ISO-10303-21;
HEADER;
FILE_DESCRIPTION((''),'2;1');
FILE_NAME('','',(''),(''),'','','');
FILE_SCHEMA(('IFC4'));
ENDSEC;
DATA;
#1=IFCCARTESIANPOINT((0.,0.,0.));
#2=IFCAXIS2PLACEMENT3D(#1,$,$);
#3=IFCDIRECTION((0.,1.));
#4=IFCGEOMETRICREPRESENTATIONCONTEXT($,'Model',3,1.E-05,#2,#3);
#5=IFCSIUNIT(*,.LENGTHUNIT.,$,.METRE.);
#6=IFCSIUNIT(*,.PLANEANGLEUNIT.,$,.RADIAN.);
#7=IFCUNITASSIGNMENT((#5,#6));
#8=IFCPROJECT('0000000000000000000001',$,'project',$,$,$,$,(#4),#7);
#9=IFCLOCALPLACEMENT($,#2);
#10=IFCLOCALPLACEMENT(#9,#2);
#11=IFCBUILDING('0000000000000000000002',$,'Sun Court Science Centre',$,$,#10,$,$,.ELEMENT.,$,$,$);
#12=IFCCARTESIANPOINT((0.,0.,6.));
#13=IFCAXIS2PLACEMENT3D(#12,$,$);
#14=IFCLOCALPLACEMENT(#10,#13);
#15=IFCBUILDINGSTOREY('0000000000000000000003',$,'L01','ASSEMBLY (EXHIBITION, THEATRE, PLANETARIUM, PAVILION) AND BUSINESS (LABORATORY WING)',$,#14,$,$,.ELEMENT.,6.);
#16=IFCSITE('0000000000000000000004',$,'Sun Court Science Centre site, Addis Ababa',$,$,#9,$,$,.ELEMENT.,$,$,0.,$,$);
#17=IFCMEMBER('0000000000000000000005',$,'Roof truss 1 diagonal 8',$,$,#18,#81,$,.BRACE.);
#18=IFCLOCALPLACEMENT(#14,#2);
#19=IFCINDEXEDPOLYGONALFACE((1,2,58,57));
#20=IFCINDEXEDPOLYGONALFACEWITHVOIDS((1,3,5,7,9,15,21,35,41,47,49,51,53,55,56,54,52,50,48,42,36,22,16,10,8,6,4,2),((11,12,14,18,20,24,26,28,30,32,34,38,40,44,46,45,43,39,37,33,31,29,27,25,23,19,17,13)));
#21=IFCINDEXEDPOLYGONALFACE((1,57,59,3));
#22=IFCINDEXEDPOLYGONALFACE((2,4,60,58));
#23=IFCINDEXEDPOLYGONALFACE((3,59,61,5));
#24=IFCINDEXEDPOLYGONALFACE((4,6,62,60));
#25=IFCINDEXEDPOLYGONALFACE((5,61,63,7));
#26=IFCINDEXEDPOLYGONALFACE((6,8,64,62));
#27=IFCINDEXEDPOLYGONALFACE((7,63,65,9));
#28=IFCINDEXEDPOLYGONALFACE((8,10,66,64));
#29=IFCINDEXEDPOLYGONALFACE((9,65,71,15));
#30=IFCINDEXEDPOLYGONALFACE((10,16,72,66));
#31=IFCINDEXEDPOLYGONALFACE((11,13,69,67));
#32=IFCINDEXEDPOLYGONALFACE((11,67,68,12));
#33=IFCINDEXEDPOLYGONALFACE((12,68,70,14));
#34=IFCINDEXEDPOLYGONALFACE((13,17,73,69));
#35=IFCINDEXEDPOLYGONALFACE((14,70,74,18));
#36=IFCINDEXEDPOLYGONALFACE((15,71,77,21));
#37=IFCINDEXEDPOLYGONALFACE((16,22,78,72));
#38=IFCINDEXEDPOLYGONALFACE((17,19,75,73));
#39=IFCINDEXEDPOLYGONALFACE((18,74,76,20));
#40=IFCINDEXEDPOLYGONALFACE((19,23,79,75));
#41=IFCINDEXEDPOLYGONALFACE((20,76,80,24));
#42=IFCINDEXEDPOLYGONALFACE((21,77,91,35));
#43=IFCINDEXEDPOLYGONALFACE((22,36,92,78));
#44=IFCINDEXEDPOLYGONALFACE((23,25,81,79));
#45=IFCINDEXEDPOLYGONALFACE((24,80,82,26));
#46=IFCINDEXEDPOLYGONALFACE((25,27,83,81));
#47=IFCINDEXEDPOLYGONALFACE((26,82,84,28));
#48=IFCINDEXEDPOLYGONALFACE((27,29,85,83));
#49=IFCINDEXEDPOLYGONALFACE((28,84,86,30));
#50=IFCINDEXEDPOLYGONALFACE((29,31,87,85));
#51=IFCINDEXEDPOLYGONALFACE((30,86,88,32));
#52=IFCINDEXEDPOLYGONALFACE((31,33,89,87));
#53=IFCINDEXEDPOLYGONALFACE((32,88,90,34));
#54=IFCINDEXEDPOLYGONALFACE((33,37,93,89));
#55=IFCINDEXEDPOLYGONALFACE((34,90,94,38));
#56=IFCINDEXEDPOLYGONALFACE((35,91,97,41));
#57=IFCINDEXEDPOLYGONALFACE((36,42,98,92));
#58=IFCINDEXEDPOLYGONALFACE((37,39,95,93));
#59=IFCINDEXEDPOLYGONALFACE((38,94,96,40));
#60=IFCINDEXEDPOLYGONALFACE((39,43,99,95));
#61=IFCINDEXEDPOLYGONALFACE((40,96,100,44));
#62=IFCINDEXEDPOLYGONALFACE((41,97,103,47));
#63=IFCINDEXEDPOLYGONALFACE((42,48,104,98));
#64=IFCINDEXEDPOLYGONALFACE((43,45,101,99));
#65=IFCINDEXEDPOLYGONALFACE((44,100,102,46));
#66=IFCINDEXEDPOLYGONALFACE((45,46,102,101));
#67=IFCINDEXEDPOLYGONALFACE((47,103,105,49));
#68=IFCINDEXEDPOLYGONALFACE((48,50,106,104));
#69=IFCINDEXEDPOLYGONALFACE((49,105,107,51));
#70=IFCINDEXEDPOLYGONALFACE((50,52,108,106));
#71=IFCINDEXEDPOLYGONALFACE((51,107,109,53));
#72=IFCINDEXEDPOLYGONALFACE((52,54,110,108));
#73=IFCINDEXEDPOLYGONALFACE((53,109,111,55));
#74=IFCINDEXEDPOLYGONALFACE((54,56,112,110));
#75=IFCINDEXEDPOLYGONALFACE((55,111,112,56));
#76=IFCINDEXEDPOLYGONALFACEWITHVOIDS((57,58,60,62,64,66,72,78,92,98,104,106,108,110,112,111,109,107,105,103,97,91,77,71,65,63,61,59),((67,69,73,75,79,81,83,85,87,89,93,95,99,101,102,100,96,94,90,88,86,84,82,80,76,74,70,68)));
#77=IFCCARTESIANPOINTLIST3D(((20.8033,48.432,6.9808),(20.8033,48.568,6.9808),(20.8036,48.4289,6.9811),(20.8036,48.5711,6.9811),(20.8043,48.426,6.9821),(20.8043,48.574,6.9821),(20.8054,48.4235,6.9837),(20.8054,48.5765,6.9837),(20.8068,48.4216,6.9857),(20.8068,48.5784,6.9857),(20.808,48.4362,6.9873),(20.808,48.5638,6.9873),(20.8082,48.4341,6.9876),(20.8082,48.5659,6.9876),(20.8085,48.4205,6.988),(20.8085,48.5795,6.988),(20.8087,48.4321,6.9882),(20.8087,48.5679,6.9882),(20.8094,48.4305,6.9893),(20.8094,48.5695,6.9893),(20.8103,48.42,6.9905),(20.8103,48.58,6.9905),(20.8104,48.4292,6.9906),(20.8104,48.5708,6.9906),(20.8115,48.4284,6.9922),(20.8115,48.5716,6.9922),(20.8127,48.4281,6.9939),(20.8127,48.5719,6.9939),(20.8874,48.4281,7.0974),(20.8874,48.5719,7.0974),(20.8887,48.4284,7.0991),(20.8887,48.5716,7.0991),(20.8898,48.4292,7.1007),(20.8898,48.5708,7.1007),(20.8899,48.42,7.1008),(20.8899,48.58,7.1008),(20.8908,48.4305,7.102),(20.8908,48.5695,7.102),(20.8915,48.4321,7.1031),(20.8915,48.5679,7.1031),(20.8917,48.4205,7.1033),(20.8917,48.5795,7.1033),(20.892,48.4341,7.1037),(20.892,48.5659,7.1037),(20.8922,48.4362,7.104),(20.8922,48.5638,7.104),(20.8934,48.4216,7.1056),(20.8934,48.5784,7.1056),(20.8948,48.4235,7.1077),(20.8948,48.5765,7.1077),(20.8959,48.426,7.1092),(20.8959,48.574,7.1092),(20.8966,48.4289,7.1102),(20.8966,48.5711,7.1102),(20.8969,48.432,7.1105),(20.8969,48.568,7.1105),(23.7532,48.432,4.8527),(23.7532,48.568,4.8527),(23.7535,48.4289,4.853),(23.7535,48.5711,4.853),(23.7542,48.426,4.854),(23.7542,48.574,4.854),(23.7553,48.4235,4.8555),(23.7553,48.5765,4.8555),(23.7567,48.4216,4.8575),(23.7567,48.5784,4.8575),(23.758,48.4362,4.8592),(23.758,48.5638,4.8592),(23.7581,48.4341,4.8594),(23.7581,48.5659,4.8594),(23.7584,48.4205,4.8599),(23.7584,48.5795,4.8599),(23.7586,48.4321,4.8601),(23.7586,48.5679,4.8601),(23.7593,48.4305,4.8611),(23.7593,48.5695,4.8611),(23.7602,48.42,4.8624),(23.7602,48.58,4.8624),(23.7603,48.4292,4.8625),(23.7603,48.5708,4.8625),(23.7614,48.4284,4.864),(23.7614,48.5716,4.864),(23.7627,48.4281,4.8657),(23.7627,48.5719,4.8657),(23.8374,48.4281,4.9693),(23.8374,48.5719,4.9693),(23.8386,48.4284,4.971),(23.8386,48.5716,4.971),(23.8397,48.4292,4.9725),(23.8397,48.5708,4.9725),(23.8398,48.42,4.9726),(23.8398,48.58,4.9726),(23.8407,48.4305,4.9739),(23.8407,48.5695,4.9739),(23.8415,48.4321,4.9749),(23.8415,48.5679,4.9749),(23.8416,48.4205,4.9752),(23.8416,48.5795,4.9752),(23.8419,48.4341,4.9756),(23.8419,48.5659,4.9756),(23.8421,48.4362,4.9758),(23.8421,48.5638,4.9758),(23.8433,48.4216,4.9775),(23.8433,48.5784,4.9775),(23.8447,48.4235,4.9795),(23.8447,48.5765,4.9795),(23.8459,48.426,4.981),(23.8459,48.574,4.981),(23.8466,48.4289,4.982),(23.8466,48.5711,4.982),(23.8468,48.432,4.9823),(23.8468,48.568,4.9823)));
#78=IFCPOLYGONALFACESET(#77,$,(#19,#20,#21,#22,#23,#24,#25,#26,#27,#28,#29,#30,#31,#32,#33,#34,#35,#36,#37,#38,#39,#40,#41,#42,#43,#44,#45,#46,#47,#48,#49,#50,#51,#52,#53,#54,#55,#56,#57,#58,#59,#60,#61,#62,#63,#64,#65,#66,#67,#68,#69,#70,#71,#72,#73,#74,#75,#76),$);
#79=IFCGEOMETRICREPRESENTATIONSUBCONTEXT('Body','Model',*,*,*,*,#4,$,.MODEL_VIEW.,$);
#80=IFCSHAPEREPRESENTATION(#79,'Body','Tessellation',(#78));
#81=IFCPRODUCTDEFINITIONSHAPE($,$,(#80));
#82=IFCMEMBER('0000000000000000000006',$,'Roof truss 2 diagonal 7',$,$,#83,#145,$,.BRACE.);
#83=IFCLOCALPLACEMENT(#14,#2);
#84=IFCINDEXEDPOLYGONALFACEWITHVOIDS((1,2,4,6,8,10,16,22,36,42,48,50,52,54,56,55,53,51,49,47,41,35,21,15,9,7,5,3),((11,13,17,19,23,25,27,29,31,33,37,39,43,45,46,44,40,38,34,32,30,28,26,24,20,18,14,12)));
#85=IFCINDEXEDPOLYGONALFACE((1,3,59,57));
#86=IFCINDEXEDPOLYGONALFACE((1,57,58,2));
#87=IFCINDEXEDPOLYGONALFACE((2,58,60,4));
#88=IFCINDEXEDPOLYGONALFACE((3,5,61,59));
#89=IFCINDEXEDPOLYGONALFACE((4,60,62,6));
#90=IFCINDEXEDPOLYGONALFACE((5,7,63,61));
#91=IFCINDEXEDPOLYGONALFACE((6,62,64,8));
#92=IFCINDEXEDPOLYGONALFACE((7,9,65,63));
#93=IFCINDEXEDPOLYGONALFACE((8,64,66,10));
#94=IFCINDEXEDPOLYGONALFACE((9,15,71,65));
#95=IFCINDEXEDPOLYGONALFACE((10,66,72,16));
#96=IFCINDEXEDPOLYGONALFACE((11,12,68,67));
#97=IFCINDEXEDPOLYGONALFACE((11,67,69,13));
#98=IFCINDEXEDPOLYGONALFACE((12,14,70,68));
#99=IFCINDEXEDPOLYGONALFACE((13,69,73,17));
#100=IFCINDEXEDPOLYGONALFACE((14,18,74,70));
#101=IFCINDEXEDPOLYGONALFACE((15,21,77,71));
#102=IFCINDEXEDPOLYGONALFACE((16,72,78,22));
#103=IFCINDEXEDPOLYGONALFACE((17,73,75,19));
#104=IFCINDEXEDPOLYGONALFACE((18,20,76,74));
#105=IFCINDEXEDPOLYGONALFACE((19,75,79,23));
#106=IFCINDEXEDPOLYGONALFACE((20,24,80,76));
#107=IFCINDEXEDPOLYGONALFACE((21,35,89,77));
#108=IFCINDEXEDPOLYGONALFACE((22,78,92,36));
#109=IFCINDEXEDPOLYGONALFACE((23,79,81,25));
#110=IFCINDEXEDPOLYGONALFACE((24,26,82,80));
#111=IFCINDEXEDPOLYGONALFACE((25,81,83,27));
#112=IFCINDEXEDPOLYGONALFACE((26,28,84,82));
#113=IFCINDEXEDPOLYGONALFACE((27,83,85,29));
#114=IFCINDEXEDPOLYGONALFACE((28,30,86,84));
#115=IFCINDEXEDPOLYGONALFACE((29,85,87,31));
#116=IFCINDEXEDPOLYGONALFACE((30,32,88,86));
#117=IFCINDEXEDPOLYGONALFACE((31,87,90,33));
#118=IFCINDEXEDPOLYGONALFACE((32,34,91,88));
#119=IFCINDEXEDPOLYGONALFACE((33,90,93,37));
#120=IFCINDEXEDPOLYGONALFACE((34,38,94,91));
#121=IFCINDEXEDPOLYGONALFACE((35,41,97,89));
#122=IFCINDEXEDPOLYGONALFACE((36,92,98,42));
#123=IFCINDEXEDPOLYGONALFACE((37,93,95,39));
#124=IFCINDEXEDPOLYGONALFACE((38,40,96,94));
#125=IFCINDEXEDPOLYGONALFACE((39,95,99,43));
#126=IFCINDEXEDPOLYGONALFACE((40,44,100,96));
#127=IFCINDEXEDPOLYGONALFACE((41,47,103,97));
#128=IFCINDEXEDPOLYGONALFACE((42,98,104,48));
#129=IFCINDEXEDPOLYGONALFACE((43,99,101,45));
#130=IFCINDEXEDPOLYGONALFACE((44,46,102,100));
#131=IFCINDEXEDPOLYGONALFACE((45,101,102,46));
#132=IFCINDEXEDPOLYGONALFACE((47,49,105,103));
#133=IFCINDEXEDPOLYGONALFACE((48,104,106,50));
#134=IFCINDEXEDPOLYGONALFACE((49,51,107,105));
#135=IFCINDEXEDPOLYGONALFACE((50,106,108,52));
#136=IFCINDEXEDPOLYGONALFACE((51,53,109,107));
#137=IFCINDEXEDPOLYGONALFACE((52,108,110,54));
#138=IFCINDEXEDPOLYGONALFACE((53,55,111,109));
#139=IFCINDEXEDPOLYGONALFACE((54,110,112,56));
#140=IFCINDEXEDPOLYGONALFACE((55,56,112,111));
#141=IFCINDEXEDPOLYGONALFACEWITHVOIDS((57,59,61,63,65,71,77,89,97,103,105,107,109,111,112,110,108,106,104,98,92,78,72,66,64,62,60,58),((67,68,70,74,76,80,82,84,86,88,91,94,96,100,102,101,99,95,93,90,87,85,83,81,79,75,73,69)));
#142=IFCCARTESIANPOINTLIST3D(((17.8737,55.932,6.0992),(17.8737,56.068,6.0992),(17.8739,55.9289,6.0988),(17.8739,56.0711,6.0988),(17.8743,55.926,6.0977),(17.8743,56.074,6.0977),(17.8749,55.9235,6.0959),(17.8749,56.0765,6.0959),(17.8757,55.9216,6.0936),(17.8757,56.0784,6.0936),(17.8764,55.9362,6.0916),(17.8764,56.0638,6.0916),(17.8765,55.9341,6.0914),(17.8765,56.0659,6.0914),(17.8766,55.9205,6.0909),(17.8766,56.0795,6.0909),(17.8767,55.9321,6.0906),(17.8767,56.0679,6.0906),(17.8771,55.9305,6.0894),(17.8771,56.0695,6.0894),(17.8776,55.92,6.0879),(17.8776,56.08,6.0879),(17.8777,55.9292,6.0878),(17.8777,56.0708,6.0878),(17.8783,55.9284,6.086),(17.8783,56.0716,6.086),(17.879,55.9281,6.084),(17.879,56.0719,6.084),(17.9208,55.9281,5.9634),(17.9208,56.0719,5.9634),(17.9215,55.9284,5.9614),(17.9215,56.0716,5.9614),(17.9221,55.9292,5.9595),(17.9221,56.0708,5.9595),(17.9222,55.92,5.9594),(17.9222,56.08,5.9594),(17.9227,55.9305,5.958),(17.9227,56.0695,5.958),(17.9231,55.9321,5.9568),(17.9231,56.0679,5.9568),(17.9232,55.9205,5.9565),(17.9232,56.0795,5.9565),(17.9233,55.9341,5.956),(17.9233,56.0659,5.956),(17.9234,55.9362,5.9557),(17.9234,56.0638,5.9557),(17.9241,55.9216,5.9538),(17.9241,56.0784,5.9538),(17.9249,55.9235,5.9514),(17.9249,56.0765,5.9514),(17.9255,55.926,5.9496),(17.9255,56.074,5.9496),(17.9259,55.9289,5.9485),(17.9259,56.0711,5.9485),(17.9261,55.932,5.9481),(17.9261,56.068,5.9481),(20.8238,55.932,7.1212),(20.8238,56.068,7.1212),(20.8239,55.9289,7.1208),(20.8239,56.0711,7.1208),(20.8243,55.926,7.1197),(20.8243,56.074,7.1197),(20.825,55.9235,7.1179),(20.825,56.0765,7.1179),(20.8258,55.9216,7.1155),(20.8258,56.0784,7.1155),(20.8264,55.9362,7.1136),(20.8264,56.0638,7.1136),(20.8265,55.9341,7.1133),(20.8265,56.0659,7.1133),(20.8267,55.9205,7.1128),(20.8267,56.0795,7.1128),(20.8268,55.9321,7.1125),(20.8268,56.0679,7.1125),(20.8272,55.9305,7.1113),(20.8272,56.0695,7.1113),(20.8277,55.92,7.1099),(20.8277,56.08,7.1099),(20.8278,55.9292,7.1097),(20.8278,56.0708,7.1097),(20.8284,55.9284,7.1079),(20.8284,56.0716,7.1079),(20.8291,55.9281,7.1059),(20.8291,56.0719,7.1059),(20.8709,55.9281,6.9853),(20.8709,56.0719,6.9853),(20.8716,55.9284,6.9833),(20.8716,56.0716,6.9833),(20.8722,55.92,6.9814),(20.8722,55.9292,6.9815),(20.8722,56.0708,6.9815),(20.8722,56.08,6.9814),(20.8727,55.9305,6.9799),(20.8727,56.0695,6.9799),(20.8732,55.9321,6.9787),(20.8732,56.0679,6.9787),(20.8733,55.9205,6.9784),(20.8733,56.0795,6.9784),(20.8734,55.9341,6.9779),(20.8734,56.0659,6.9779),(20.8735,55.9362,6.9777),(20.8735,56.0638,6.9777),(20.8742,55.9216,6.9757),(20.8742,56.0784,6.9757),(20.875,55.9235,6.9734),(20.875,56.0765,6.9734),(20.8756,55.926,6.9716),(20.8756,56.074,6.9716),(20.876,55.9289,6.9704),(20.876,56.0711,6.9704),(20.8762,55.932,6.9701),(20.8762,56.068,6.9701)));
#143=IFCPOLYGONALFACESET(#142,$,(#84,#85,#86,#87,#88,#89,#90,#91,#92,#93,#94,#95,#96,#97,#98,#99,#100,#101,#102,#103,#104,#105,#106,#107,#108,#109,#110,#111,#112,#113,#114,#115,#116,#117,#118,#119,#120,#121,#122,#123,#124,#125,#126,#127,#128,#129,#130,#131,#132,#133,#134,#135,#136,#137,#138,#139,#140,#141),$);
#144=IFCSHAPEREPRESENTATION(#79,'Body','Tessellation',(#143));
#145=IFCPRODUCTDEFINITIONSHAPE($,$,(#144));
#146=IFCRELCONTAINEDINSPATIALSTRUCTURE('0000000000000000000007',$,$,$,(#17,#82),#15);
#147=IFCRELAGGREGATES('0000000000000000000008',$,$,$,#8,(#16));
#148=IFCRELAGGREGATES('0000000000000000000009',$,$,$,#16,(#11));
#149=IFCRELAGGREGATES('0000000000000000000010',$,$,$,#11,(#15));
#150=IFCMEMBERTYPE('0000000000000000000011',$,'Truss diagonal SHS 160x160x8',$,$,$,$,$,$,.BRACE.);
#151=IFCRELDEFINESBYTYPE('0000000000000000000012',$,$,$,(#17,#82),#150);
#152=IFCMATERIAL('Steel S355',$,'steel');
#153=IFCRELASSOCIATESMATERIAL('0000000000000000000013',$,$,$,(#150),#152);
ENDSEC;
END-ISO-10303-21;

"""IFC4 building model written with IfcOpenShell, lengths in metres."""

from ifc_helpers import new_model, si_unit, direction, frame, origin, origin_2d, place, context, subcontext, project, spatial, hollow_rectangle, extrude, material, material_profile, profile_set, type_object, element, save


model = new_model("IFC4")

# Units and contexts
model_context = context("Model", 3, precision=1e-05, world=origin(), true_north=direction((0.0, 1.0)))
body_context = subcontext(model_context, "Body", "Model", "MODEL_VIEW")
ifc_project = project(units=[si_unit("LENGTHUNIT", "METRE"), si_unit("PLANEANGLEUNIT", "RADIAN")], contexts=[model_context])

# Site, building, storey
site_placement = place(None, origin())
site = spatial("IfcSite", under=ifc_project, at=site_placement, Name="Sun Court Science Centre site, Addis Ababa", CompositionType="ELEMENT", RefElevation=0.0)
building_placement = place(site_placement, origin())
building = spatial("IfcBuilding", under=site, at=building_placement, Name="Sun Court Science Centre", CompositionType="ELEMENT")
storey_placement = place(building_placement, frame((0.0, 0.0, 6.0)))
storey = spatial("IfcBuildingStorey", under=building, at=storey_placement, Name="L01", Description="ASSEMBLY (EXHIBITION, THEATRE, PLANETARIUM, PAVILION) AND BUSINESS (LABORATORY WING)", CompositionType="ELEMENT", Elevation=6.0)

# Members
ifc_material_1 = material(Name="Steel S355", Category="steel")
ifc_material_profile_1 = material_profile(ifc_material_1, hollow_rectangle(XDim=0.1599, YDim=0.1599, WallThickness=0.0081, InnerFilletRadius=0.0081, OuterFilletRadius=0.012, at=origin_2d()), Name="SHS 160x160x8")
ifc_profile_set_1 = profile_set([ifc_material_profile_1], Name="Steel S355")
member_type_1 = type_object("IfcMemberType", Name="Truss diagonal SHS 160x160x8", PredefinedType="BRACE", material=ifc_profile_set_1)
member_1_placement = place(storey_placement, frame((20.8501, 48.5, 7.0457), z_axis=(0.810985, 0.0, -0.585067), x_axis=(0.0, 1.0, 0.0)))
element("IfcMember", 1, at=member_1_placement, inside=storey, type_object=member_type_1, Name="Roof truss 1 diagonal 8", PredefinedType="BRACE", context=body_context, shape_type="SweptSolid", body=[
    extrude(hollow_rectangle(XDim=0.1599, YDim=0.1599, WallThickness=0.0081, InnerFilletRadius=0.0081, OuterFilletRadius=0.012, at=origin_2d()), origin(), (0.0, 0.0, 1.0), 3.6375),
])
member_2_placement = place(storey_placement, frame((17.8999, 56.0, 6.0237), z_axis=(0.944912, 0.0, 0.327325), x_axis=(0.0, 1.0, 0.0)))
element("IfcMember", 2, at=member_2_placement, inside=storey, type_object=member_type_1, Name="Roof truss 2 diagonal 7", PredefinedType="BRACE", context=body_context, shape_type="SweptSolid", body=[
    extrude(hollow_rectangle(XDim=0.1599, YDim=0.1599, WallThickness=0.0081, InnerFilletRadius=0.0081, OuterFilletRadius=0.012, at=origin_2d()), origin(), (0.0, 0.0, 1.0), 3.1221),
])

save(model, "model.ifc")
